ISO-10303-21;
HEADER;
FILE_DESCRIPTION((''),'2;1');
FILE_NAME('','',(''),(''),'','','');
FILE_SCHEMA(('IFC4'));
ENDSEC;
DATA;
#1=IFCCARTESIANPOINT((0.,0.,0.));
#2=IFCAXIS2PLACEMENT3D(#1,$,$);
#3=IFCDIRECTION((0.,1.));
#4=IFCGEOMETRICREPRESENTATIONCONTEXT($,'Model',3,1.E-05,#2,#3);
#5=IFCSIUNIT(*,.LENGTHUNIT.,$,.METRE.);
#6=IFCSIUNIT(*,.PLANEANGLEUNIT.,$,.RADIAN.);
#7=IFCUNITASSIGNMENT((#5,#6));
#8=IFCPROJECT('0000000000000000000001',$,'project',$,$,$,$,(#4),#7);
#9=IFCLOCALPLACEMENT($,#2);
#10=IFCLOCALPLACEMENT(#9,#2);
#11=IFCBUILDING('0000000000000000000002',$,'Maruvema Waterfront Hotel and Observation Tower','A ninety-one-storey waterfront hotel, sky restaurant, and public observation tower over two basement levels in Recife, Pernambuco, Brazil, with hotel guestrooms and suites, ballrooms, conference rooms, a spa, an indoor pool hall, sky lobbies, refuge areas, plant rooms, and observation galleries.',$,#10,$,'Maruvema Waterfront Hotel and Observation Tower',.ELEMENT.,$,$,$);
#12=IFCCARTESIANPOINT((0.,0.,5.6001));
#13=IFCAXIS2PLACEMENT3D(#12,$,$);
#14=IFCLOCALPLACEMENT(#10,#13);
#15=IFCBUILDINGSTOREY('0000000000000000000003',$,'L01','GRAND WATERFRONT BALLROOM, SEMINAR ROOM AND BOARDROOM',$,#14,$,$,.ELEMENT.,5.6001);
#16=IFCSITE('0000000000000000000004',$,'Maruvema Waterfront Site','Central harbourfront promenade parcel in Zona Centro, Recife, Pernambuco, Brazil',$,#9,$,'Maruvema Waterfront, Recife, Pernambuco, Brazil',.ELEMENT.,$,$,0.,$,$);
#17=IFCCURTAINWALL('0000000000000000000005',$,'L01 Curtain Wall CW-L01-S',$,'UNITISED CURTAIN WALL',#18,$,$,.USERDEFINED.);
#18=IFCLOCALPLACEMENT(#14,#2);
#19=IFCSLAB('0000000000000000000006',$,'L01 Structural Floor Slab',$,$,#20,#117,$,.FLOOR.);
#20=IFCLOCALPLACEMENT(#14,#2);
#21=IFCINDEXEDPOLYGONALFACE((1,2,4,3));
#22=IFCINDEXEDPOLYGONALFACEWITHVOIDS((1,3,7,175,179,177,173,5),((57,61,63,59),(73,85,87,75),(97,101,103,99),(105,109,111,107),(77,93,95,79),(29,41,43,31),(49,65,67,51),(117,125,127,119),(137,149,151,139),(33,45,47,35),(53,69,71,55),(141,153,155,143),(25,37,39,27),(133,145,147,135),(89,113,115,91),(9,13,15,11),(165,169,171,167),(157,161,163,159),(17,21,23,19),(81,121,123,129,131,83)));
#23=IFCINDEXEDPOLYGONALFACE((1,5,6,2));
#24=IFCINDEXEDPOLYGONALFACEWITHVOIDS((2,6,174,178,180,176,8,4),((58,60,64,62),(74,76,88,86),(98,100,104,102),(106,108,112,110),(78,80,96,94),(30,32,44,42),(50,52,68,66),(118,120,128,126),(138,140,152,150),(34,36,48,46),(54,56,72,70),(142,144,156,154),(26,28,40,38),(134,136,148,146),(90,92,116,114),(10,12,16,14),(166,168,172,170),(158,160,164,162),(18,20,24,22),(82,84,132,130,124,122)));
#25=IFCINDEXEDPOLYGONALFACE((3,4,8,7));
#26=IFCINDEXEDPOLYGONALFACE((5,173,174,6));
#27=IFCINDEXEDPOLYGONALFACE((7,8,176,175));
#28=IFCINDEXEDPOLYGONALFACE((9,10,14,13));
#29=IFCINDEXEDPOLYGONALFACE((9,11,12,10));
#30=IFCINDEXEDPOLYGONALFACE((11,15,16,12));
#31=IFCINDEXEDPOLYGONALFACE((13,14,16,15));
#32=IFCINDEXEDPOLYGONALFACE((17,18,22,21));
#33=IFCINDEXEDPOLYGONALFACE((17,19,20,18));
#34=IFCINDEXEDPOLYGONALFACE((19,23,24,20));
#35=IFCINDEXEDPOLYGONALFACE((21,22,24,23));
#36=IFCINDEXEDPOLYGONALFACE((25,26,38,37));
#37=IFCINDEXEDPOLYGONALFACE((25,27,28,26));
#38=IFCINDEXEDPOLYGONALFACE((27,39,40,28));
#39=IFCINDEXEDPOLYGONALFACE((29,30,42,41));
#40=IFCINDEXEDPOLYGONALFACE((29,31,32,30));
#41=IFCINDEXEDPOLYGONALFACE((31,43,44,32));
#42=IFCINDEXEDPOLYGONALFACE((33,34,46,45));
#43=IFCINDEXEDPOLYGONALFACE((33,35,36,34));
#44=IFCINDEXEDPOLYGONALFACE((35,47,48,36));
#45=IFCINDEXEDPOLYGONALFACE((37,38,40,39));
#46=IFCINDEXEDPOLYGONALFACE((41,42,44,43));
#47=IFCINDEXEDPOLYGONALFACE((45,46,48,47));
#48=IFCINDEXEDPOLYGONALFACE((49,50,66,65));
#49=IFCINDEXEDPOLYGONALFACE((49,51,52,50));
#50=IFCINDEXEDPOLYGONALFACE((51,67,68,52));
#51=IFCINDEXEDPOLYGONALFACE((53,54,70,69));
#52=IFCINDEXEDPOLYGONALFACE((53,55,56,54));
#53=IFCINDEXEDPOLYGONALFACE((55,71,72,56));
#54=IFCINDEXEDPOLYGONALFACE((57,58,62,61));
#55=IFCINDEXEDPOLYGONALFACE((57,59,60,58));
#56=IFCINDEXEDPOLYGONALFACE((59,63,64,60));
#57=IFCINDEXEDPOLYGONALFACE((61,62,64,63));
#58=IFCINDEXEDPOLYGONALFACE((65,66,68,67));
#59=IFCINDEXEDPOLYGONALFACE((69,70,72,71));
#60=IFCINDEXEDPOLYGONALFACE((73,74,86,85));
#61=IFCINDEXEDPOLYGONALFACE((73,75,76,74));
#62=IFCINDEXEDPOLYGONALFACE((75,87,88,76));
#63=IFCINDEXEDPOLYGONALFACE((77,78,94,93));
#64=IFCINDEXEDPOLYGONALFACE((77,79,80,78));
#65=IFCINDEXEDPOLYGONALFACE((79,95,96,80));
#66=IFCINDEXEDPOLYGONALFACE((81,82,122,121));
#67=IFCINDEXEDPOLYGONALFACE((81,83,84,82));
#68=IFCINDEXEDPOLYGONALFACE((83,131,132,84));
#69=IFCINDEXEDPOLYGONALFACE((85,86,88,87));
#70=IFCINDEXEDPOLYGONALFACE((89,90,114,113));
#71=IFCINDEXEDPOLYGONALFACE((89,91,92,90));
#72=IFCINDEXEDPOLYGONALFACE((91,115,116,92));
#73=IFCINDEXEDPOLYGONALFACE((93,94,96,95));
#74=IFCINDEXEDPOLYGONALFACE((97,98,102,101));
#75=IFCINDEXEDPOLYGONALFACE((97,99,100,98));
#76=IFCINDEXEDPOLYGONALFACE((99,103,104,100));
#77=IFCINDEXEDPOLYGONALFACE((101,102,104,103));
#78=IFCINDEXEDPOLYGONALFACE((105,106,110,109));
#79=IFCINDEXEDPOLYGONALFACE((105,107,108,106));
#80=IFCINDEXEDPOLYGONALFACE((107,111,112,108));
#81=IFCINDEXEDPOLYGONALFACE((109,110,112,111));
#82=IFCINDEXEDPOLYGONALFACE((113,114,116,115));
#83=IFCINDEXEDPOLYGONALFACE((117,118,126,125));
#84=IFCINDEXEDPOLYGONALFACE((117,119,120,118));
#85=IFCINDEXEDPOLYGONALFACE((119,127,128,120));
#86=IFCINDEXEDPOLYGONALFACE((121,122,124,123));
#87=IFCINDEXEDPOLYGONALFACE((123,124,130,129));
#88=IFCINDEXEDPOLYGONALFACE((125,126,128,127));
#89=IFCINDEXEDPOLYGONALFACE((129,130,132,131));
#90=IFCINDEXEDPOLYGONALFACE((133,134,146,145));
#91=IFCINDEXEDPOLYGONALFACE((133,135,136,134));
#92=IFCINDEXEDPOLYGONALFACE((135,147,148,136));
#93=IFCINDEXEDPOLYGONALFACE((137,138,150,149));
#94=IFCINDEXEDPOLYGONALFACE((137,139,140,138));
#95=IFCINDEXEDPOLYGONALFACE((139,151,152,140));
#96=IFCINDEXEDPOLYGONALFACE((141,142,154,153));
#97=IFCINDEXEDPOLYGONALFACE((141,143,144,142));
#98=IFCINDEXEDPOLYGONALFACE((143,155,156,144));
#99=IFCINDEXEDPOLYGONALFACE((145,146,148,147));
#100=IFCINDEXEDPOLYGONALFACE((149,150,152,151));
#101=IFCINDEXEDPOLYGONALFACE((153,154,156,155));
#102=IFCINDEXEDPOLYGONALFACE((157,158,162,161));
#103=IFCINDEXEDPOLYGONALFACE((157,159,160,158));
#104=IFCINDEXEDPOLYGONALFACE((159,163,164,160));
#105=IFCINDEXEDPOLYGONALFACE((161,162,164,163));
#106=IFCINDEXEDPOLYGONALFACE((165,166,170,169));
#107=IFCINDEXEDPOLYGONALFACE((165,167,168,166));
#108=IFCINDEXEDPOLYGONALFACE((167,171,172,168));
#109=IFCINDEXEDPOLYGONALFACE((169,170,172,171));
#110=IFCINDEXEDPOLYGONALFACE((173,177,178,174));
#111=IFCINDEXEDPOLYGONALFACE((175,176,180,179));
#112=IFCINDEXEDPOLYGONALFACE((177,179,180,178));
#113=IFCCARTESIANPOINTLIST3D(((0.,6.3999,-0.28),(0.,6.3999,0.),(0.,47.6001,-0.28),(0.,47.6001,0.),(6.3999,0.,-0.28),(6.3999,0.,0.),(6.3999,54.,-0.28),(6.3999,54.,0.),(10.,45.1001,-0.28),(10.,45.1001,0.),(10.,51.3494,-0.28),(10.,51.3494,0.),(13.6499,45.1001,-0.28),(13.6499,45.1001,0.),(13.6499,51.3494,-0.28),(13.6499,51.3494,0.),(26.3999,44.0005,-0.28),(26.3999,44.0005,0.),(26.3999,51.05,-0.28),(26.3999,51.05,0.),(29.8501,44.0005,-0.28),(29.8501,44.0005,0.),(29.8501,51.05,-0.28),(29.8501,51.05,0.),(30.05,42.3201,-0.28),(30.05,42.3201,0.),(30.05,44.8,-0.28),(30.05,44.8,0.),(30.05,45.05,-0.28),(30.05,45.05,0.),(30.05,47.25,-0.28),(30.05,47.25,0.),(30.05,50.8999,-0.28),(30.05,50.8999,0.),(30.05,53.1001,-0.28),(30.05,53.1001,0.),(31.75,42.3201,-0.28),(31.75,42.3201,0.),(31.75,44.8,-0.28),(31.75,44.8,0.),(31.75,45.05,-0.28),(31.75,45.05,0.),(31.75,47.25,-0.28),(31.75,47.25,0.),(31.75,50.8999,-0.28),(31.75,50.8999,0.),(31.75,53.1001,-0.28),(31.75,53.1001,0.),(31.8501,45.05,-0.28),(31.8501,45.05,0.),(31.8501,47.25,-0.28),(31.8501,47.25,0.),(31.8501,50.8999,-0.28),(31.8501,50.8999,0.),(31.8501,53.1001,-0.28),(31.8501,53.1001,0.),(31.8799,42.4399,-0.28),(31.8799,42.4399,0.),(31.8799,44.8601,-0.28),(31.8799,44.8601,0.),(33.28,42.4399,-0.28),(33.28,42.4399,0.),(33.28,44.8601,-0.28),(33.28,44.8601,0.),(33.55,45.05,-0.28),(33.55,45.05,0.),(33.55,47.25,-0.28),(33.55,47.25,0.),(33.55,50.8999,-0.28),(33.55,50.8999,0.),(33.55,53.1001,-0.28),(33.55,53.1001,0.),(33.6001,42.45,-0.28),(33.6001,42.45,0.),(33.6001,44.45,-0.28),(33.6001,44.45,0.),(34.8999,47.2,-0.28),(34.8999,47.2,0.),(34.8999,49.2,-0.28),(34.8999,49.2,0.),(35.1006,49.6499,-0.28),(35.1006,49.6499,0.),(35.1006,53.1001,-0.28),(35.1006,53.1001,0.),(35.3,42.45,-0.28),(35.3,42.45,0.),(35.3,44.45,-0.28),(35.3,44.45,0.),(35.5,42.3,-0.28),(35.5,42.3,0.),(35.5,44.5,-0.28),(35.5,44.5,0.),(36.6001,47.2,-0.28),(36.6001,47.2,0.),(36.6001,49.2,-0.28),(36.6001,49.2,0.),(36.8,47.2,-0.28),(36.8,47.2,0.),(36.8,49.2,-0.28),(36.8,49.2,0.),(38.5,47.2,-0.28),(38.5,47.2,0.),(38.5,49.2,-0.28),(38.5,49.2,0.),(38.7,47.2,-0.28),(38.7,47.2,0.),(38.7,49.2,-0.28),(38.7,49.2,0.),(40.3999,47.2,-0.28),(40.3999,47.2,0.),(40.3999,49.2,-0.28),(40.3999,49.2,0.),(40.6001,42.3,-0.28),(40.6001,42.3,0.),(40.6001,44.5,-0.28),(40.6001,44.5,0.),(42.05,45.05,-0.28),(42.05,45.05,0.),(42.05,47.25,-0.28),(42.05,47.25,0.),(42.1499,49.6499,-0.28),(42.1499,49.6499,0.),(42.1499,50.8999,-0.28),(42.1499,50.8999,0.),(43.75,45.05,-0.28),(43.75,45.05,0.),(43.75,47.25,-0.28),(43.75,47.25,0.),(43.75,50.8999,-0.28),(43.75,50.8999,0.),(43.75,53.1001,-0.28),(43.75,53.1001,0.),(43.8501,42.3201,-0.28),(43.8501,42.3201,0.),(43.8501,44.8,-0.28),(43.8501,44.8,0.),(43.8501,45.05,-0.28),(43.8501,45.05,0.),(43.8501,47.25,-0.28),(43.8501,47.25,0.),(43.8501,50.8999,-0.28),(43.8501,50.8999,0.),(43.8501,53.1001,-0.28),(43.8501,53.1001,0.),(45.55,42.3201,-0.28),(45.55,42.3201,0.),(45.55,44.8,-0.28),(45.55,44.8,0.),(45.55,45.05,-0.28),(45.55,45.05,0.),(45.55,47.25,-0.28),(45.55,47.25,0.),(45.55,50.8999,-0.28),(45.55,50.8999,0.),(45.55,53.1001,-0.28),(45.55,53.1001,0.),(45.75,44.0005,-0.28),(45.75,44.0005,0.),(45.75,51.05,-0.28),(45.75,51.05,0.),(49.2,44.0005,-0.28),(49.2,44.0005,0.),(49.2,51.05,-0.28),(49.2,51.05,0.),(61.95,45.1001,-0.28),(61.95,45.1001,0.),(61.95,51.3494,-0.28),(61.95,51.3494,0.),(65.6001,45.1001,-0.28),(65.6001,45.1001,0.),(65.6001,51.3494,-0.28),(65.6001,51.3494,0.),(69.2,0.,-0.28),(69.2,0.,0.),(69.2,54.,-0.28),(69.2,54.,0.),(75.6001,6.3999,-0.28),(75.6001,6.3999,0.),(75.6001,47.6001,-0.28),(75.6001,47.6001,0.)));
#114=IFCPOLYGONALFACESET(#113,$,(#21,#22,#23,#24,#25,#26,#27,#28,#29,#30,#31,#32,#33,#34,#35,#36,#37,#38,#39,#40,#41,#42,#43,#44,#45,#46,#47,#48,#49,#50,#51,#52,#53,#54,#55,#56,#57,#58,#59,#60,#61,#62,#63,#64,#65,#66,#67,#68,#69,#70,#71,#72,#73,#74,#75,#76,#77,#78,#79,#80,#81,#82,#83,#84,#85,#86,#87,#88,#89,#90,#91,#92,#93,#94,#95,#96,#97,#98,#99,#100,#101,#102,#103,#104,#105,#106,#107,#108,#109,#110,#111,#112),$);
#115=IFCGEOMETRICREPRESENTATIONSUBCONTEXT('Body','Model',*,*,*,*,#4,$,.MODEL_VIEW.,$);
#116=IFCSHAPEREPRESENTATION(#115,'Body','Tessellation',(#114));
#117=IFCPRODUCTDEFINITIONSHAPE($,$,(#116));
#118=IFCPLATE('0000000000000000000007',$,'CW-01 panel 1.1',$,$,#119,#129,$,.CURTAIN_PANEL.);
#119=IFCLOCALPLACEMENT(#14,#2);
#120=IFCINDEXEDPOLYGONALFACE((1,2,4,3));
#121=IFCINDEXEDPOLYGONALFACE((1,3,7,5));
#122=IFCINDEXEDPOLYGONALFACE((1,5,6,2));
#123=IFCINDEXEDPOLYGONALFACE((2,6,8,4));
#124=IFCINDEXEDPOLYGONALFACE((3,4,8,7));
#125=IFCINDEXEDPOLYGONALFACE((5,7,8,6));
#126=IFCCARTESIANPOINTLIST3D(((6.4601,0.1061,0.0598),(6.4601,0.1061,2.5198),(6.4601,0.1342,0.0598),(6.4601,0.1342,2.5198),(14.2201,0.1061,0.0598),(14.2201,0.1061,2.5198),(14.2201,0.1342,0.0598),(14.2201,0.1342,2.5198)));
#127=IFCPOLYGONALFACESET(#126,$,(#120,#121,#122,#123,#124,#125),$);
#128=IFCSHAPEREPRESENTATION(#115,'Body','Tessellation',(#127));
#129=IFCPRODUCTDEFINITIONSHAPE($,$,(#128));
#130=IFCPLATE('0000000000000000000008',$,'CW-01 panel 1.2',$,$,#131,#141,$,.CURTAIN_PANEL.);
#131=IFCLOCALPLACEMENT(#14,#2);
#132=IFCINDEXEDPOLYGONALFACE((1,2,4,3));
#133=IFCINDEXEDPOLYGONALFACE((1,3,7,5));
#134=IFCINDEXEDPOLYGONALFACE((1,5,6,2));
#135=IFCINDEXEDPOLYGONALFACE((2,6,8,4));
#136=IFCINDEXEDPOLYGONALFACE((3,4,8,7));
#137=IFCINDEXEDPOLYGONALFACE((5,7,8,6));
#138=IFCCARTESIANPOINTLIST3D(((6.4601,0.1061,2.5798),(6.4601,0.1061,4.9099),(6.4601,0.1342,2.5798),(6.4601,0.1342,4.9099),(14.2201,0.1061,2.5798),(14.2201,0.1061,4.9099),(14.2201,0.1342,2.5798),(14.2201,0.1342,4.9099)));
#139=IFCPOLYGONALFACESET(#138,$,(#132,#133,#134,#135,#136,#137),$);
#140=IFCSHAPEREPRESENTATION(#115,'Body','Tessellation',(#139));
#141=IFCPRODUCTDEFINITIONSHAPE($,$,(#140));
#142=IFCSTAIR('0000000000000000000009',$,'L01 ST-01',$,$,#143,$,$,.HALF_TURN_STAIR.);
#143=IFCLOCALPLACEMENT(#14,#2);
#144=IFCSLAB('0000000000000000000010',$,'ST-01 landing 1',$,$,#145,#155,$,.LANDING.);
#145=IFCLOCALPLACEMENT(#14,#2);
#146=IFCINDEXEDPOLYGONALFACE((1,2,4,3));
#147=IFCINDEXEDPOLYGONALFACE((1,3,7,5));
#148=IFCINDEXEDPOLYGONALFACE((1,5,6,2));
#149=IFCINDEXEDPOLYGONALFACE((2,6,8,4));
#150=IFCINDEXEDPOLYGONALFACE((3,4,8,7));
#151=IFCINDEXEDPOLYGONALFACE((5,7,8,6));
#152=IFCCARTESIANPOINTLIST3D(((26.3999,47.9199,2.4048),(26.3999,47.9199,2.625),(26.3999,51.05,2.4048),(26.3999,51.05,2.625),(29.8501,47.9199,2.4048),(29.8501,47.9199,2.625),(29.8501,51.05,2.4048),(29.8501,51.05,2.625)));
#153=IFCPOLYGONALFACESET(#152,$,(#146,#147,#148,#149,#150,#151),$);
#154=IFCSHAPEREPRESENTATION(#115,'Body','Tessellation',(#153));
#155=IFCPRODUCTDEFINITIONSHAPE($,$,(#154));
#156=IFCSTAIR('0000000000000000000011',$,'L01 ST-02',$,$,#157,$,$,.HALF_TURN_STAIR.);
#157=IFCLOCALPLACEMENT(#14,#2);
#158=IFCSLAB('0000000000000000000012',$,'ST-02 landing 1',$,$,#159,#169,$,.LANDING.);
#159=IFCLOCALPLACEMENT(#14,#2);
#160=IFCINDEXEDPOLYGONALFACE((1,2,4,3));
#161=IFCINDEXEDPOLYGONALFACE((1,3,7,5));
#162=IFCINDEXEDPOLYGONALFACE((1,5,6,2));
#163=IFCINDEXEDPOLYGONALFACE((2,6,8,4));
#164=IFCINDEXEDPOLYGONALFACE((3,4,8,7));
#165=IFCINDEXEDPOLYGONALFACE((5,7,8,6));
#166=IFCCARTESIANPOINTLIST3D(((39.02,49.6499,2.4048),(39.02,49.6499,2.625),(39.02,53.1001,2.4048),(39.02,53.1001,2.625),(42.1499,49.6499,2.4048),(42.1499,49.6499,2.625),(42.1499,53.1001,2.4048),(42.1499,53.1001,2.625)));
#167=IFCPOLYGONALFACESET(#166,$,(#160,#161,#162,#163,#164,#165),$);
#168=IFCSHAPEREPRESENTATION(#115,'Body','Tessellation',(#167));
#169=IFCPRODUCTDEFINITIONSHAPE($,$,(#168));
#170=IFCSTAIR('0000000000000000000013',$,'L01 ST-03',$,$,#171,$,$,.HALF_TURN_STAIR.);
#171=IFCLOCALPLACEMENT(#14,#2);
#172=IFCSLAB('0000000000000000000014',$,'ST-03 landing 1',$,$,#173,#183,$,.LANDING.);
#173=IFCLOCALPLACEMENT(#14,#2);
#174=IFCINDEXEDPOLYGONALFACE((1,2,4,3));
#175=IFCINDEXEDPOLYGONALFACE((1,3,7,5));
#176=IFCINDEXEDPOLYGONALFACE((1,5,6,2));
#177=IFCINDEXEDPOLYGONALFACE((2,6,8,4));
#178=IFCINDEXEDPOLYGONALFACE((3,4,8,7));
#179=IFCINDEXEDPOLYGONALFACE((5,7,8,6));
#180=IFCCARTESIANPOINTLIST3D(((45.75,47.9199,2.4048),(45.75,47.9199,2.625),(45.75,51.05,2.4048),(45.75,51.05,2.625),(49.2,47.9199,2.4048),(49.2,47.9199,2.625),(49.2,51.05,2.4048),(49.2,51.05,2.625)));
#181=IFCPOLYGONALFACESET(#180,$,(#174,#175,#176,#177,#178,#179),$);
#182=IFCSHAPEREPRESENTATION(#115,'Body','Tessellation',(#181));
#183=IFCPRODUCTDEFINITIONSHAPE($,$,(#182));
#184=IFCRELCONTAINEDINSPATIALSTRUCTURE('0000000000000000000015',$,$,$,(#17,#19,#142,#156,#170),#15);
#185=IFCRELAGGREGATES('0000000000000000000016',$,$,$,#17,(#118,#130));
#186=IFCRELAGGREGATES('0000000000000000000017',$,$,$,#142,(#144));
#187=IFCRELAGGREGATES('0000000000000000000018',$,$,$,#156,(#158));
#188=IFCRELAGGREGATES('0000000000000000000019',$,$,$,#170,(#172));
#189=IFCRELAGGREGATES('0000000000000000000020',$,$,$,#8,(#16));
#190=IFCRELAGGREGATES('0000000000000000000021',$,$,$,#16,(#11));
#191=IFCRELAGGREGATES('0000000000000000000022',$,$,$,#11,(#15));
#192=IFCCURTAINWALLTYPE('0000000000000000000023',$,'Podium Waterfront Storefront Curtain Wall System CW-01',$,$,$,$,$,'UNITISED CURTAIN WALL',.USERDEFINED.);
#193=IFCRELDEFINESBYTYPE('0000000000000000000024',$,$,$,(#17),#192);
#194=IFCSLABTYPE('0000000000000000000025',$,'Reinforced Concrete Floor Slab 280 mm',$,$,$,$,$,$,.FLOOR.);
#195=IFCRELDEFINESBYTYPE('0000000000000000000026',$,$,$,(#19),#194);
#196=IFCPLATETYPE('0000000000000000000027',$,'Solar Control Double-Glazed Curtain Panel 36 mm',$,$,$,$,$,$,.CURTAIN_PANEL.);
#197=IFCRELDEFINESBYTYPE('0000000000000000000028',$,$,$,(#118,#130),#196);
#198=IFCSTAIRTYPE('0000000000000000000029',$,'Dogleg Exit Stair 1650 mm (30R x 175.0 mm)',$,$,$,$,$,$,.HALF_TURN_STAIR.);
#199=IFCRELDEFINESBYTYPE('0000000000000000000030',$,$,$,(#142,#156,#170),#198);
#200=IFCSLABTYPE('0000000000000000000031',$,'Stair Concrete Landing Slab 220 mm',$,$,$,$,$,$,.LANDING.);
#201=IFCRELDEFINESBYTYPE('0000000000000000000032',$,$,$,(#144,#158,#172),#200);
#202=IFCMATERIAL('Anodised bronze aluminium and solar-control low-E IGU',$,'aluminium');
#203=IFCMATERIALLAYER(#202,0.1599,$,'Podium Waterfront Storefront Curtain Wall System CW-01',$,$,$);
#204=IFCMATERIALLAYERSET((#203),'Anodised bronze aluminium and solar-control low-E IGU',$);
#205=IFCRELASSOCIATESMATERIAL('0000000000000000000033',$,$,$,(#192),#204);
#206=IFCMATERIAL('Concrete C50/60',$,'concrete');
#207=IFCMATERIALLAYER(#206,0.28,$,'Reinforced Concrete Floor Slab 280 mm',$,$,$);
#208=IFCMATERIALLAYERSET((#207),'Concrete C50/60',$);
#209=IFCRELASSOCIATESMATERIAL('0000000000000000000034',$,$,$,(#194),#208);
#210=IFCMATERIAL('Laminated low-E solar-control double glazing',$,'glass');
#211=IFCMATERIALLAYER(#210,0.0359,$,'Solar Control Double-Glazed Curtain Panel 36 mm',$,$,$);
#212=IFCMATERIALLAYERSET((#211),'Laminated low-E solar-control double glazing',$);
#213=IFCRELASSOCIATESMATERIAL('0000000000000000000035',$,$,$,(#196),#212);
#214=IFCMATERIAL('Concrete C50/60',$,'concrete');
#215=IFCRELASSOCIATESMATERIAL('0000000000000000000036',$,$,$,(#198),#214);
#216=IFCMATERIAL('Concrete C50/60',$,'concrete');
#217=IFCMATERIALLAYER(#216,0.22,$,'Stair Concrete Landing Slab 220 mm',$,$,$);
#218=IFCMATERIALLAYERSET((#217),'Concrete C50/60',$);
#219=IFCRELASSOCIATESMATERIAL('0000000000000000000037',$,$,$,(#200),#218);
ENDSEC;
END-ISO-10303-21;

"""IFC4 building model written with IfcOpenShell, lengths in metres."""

from ifc_helpers import new_model, si_unit, direction, frame, origin, origin_2d, place, context, subcontext, project, spatial, polyline, rectangle, outline, extrude, material, layer, layer_set, type_object, element, aggregate, save


model = new_model("IFC4")

# Units and contexts
model_context = context("Model", 3, precision=1e-05, world=origin(), true_north=direction((0.0, 1.0)))
body_context = subcontext(model_context, "Body", "Model", "MODEL_VIEW")
ifc_project = project(units=[si_unit("LENGTHUNIT", "METRE"), si_unit("PLANEANGLEUNIT", "RADIAN")], contexts=[model_context])

# Site, building, storey
site_placement = place(None, origin())
site = spatial("IfcSite", under=ifc_project, at=site_placement, Name="Maruvema Waterfront Site", Description="Central harbourfront promenade parcel in Zona Centro, Recife, Pernambuco, Brazil", LongName="Maruvema Waterfront, Recife, Pernambuco, Brazil", CompositionType="ELEMENT", RefElevation=0.0)
building_placement = place(site_placement, origin())
building = spatial("IfcBuilding", under=site, at=building_placement, Name="Maruvema Waterfront Hotel and Observation Tower", Description="A ninety-one-storey waterfront hotel, sky restaurant, and public observation tower over two basement levels in Recife, Pernambuco, Brazil, with hotel guestrooms and suites, ballrooms, conference rooms, a spa, an indoor pool hall, sky lobbies, refuge areas, plant rooms, and observation galleries.", LongName="Maruvema Waterfront Hotel and Observation Tower", CompositionType="ELEMENT")
storey_placement = place(building_placement, frame((0.0, 0.0, 5.6001)))
storey = spatial("IfcBuildingStorey", under=building, at=storey_placement, Name="L01", Description="GRAND WATERFRONT BALLROOM, SEMINAR ROOM AND BOARDROOM", CompositionType="ELEMENT", Elevation=5.6001)

# Curtain wall
ifc_material_1 = material(Name="Anodised bronze aluminium and solar-control low-E IGU", Category="aluminium")
ifc_layer_1 = layer(ifc_material_1, 0.1599, Name="Podium Waterfront Storefront Curtain Wall System CW-01")
ifc_layer_set_1 = layer_set([ifc_layer_1], Name="Anodised bronze aluminium and solar-control low-E IGU")
curtain_wall_type = type_object("IfcCurtainWallType", Name="Podium Waterfront Storefront Curtain Wall System CW-01", ElementType="UNITISED CURTAIN WALL", PredefinedType="USERDEFINED", material=ifc_layer_set_1)
curtain_wall_1_placement = place(storey_placement, origin())
curtain_wall_1 = element("IfcCurtainWall", 1, at=curtain_wall_1_placement, inside=storey, type_object=curtain_wall_type, Name="L01 Curtain Wall CW-L01-S", ObjectType="UNITISED CURTAIN WALL", PredefinedType="USERDEFINED")

# Slab
ifc_material_2 = material(Name="Concrete C50/60", Category="concrete")
ifc_layer_2 = layer(ifc_material_2, 0.28, Name="Reinforced Concrete Floor Slab 280 mm")
ifc_layer_set_2 = layer_set([ifc_layer_2], Name="Concrete C50/60")
slab_type_1 = type_object("IfcSlabType", Name="Reinforced Concrete Floor Slab 280 mm", PredefinedType="FLOOR", material=ifc_layer_set_2)
slab_1_placement = place(storey_placement, frame((0.0, 0.0, -0.28)))
element("IfcSlab", 2, at=slab_1_placement, inside=storey, type_object=slab_type_1, Name="L01 Structural Floor Slab", PredefinedType="FLOOR", context=body_context, shape_type="SweptSolid", body=[
    extrude(outline(polyline([(6.3999, 0.0), (69.2, 0.0), (75.6001, 6.3999), (75.6001, 47.6001), (69.2, 54.0), (6.3999, 54.0), (0.0, 47.6001), (0.0, 6.3999), (6.3999, 0.0)]), holes=[polyline([(13.6499, 45.1001), (10.0, 45.1001), (10.0, 51.3494), (13.6499, 51.3494), (13.6499, 45.1001)]), polyline([(26.3999, 51.05), (29.8501, 51.05), (29.8501, 44.0005), (26.3999, 44.0005), (26.3999, 51.05)]), polyline([(30.05, 44.8), (31.75, 44.8), (31.75, 42.3201), (30.05, 42.3201), (30.05, 44.8)]), polyline([(31.75, 47.25), (31.75, 45.05), (30.05, 45.05), (30.05, 47.25), (31.75, 47.25)]), polyline([(31.75, 53.1001), (31.75, 50.8999), (30.05, 50.8999), (30.05, 53.1001), (31.75, 53.1001)]), polyline([(33.28, 44.8601), (33.28, 42.4399), (31.8799, 42.4399), (31.8799, 44.8601), (33.28, 44.8601)]), polyline([(31.8501, 47.25), (33.55, 47.25), (33.55, 45.05), (31.8501, 45.05), (31.8501, 47.25)]), polyline([(31.8501, 53.1001), (33.55, 53.1001), (33.55, 50.8999), (31.8501, 50.8999), (31.8501, 53.1001)]), polyline([(33.6001, 44.45), (35.3, 44.45), (35.3, 42.45), (33.6001, 42.45), (33.6001, 44.45)]), polyline([(36.6001, 49.2), (36.6001, 47.2), (34.8999, 47.2), (34.8999, 49.2), (36.6001, 49.2)]), polyline([(36.8, 49.2), (38.5, 49.2), (38.5, 47.2), (36.8, 47.2), (36.8, 49.2)]), polyline([(35.5, 44.5), (40.6001, 44.5), (40.6001, 42.3), (35.5, 42.3), (35.5, 44.5)]), polyline([(43.75, 50.8999), (42.1499, 50.8999), (42.1499, 49.6499), (35.1006, 49.6499), (35.1006, 53.1001), (43.75, 53.1001), (43.75, 50.8999)]), polyline([(40.3999, 49.2), (40.3999, 47.2), (38.7, 47.2), (38.7, 49.2), (40.3999, 49.2)]), polyline([(43.75, 47.25), (43.75, 45.05), (42.05, 45.05), (42.05, 47.25), (43.75, 47.25)]), polyline([(43.8501, 44.8), (45.55, 44.8), (45.55, 42.3201), (43.8501, 42.3201), (43.8501, 44.8)]), polyline([(45.55, 47.25), (45.55, 45.05), (43.8501, 45.05), (43.8501, 47.25), (45.55, 47.25)]), polyline([(45.55, 53.1001), (45.55, 50.8999), (43.8501, 50.8999), (43.8501, 53.1001), (45.55, 53.1001)]), polyline([(45.75, 44.0005), (45.75, 51.05), (49.2, 51.05), (49.2, 44.0005), (45.75, 44.0005)]), polyline([(65.6001, 45.1001), (61.95, 45.1001), (61.95, 51.3494), (65.6001, 51.3494), (65.6001, 45.1001)])]), origin(), (0.0, 0.0, 1.0), 0.28),
])

# Plates
ifc_material_3 = material(Name="Laminated low-E solar-control double glazing", Category="glass")
ifc_layer_3 = layer(ifc_material_3, 0.0359, Name="Solar Control Double-Glazed Curtain Panel 36 mm")
ifc_layer_set_3 = layer_set([ifc_layer_3], Name="Laminated low-E solar-control double glazing")
plate_type = type_object("IfcPlateType", Name="Solar Control Double-Glazed Curtain Panel 36 mm", PredefinedType="CURTAIN_PANEL", material=ifc_layer_set_3)
plate_1_placement = place(storey_placement, frame((10.3401, 0.1201, 0.0598), z_axis=(0.0, 0.0, 1.0), x_axis=(1.0, 0.0, 0.0)))
plate_1 = element("IfcPlate", 3, at=plate_1_placement, type_object=plate_type, Name="CW-01 panel 1.1", PredefinedType="CURTAIN_PANEL", context=body_context, shape_type="SweptSolid", body=[
    extrude(rectangle(XDim=7.76, YDim=0.0281, at=origin_2d()), origin(), (0.0, 0.0, 1.0), 2.46),
])
plate_2_placement = place(storey_placement, frame((10.3401, 0.1201, 2.5798), z_axis=(0.0, 0.0, 1.0), x_axis=(1.0, 0.0, 0.0)))
plate_2 = element("IfcPlate", 4, at=plate_2_placement, type_object=plate_type, Name="CW-01 panel 1.2", PredefinedType="CURTAIN_PANEL", context=body_context, shape_type="SweptSolid", body=[
    extrude(rectangle(XDim=7.76, YDim=0.0281, at=origin_2d()), origin(), (0.0, 0.0, 1.0), 2.3301),
])
aggregate(curtain_wall_1, [plate_1, plate_2])

# Stairs, slabs
ifc_material_4 = material(Name="Concrete C50/60", Category="concrete")
stair_type_1 = type_object("IfcStairType", Name="Dogleg Exit Stair 1650 mm (30R x 175.0 mm)", PredefinedType="HALF_TURN_STAIR", material=ifc_material_4)
stair_1_placement = place(storey_placement, origin())
stair_1 = element("IfcStair", 5, at=stair_1_placement, inside=storey, type_object=stair_type_1, Name="L01 ST-01", PredefinedType="HALF_TURN_STAIR")
ifc_material_5 = material(Name="Concrete C50/60", Category="concrete")
ifc_layer_4 = layer(ifc_material_5, 0.22, Name="Stair Concrete Landing Slab 220 mm")
ifc_layer_set_4 = layer_set([ifc_layer_4], Name="Concrete C50/60")
slab_type_2 = type_object("IfcSlabType", Name="Stair Concrete Landing Slab 220 mm", PredefinedType="LANDING", material=ifc_layer_set_4)
slab_2_placement = place(storey_placement, frame((0.0, 0.0, 2.4048)))
slab_2 = element("IfcSlab", 6, at=slab_2_placement, type_object=slab_type_2, Name="ST-01 landing 1", PredefinedType="LANDING", context=body_context, shape_type="SweptSolid", body=[
    extrude(outline(polyline([(29.8501, 47.9199), (29.8501, 51.05), (26.3999, 51.05), (26.3999, 47.9199), (29.8501, 47.9199)])), origin(), (0.0, 0.0, 1.0), 0.2202),
])
aggregate(stair_1, [slab_2])
stair_2_placement = place(storey_placement, origin())
stair_2 = element("IfcStair", 7, at=stair_2_placement, inside=storey, type_object=stair_type_1, Name="L01 ST-02", PredefinedType="HALF_TURN_STAIR")
slab_3_placement = place(storey_placement, frame((0.0, 0.0, 2.4048)))
slab_3 = element("IfcSlab", 8, at=slab_3_placement, type_object=slab_type_2, Name="ST-02 landing 1", PredefinedType="LANDING", context=body_context, shape_type="SweptSolid", body=[
    extrude(outline(polyline([(39.02, 49.6499), (42.1499, 49.6499), (42.1499, 53.1001), (39.02, 53.1001), (39.02, 49.6499)])), origin(), (0.0, 0.0, 1.0), 0.2202),
])
aggregate(stair_2, [slab_3])
stair_3_placement = place(storey_placement, origin())
stair_3 = element("IfcStair", 9, at=stair_3_placement, inside=storey, type_object=stair_type_1, Name="L01 ST-03", PredefinedType="HALF_TURN_STAIR")
slab_4_placement = place(storey_placement, frame((0.0, 0.0, 2.4048)))
slab_4 = element("IfcSlab", 10, at=slab_4_placement, type_object=slab_type_2, Name="ST-03 landing 1", PredefinedType="LANDING", context=body_context, shape_type="SweptSolid", body=[
    extrude(outline(polyline([(49.2, 47.9199), (49.2, 51.05), (45.75, 51.05), (45.75, 47.9199), (49.2, 47.9199)])), origin(), (0.0, 0.0, 1.0), 0.2202),
])
aggregate(stair_3, [slab_4])

save(model, "model.ifc")
